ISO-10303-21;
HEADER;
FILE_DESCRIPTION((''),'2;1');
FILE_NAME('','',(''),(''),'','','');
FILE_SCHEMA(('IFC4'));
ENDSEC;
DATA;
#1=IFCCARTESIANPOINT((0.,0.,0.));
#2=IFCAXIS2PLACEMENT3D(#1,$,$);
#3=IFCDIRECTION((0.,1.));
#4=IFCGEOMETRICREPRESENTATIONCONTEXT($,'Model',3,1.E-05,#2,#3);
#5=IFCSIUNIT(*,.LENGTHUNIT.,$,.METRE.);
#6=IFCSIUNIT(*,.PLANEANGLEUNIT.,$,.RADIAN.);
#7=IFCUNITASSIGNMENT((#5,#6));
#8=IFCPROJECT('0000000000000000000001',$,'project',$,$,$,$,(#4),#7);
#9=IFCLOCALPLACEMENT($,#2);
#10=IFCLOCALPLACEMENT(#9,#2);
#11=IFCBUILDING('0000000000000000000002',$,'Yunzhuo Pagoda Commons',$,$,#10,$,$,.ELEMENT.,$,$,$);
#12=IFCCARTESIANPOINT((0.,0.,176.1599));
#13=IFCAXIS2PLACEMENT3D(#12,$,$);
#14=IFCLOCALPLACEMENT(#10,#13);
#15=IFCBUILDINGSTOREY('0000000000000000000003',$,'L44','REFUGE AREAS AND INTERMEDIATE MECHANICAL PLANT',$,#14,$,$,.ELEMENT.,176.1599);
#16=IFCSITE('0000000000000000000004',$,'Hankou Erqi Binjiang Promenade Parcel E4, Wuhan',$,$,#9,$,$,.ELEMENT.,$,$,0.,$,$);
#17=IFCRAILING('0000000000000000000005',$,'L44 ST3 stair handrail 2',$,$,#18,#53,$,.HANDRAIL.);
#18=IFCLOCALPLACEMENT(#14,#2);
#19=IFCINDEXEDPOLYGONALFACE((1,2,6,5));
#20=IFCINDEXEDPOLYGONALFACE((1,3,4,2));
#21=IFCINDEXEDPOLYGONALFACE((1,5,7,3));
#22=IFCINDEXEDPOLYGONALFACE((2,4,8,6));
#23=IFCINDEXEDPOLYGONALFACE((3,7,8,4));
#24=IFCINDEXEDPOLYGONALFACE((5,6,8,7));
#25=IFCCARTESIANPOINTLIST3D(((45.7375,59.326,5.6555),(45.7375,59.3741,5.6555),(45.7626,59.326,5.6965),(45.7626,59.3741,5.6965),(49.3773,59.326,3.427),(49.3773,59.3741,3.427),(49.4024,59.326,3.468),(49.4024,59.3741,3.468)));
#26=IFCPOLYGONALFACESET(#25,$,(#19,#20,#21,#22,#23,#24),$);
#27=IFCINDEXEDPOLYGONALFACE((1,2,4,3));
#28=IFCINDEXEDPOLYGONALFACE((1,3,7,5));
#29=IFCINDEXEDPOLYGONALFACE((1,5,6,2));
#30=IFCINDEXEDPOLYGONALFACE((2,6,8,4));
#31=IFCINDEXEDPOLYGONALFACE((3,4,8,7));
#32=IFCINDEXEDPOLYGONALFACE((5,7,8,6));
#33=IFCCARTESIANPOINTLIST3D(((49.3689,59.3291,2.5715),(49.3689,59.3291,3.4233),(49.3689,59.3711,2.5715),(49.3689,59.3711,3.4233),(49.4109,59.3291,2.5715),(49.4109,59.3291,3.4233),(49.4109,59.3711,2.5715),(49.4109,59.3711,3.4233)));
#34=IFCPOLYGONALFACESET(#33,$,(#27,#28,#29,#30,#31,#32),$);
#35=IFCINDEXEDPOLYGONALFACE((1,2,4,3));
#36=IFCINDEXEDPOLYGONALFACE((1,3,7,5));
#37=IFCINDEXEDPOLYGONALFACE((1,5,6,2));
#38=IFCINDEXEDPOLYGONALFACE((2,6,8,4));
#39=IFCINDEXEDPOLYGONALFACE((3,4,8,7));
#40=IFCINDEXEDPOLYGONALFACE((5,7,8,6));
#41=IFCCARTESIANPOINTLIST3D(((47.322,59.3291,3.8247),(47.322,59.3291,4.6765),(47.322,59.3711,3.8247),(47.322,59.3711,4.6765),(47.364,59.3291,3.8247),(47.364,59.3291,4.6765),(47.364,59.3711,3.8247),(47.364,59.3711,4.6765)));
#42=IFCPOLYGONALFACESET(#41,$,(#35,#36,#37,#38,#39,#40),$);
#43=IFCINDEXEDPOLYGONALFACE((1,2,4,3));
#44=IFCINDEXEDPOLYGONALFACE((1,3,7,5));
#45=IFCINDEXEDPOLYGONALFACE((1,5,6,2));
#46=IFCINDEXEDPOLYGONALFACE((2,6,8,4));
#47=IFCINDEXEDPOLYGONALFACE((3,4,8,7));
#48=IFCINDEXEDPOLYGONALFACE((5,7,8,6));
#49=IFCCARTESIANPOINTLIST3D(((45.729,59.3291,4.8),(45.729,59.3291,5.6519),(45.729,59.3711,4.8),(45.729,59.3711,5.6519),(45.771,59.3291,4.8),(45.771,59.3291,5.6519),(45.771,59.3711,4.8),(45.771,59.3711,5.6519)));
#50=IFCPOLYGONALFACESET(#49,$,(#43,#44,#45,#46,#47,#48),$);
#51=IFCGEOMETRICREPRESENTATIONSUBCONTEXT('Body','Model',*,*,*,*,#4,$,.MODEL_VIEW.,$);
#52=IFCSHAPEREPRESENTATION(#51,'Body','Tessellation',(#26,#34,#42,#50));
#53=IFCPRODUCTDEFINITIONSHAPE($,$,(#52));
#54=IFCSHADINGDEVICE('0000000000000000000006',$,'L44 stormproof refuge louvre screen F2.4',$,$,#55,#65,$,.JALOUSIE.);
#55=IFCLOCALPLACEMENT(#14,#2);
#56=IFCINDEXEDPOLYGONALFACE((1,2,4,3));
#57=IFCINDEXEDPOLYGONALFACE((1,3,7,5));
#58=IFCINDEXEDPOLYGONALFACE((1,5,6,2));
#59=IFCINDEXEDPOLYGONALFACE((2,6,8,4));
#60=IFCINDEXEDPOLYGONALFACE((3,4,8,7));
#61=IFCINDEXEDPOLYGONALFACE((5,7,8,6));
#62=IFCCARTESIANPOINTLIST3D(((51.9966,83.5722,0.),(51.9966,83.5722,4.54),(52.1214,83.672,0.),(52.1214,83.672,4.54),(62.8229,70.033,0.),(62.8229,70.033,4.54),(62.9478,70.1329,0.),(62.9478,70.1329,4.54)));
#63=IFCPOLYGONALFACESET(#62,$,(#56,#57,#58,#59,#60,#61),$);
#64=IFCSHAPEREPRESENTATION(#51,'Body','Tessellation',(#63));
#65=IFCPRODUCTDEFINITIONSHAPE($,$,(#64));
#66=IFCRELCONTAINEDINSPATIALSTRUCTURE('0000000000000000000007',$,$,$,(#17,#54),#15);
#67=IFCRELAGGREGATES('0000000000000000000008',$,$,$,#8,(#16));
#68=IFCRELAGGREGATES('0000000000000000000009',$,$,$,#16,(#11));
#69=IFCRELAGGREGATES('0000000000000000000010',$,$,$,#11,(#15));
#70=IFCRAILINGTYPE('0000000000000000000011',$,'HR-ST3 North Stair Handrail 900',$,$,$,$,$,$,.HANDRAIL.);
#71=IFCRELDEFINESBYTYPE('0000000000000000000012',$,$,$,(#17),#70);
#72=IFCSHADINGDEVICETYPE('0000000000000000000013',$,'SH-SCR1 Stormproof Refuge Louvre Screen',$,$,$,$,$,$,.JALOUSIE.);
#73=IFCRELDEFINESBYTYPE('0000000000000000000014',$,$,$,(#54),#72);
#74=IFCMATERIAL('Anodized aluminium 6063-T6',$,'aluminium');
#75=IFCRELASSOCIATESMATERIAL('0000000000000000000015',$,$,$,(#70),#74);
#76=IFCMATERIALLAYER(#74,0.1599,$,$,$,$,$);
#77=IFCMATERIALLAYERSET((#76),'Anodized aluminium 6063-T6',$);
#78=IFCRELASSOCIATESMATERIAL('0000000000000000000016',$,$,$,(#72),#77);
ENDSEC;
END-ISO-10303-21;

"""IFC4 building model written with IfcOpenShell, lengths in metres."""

from ifc_helpers import new_model, si_unit, direction, frame, origin, origin_2d, place, context, subcontext, project, spatial, rectangle, extrude, source, transform, mapped, material, layer, layer_set, type_object, element, save


model = new_model("IFC4")

# Units and contexts
model_context = context("Model", 3, precision=1e-05, world=origin(), true_north=direction((0.0, 1.0)))
body_context = subcontext(model_context, "Body", "Model", "MODEL_VIEW")
ifc_project = project(units=[si_unit("LENGTHUNIT", "METRE"), si_unit("PLANEANGLEUNIT", "RADIAN")], contexts=[model_context])

# Site, building, storey
site_placement = place(None, origin())
site = spatial("IfcSite", under=ifc_project, at=site_placement, Name="Hankou Erqi Binjiang Promenade Parcel E4, Wuhan", CompositionType="ELEMENT", RefElevation=0.0)
building_placement = place(site_placement, origin())
building = spatial("IfcBuilding", under=site, at=building_placement, Name="Yunzhuo Pagoda Commons", CompositionType="ELEMENT")
storey_placement = place(building_placement, frame((0.0, 0.0, 176.1599)))
storey = spatial("IfcBuildingStorey", under=building, at=storey_placement, Name="L44", Description="REFUGE AREAS AND INTERMEDIATE MECHANICAL PLANT", CompositionType="ELEMENT", Elevation=176.1599)

# Railing
ifc_material_1 = material(Name="Anodized aluminium 6063-T6", Category="aluminium")
railing_type_1 = type_object("IfcRailingType", Name="HR-ST3 North Stair Handrail 900", PredefinedType="HANDRAIL", material=ifc_material_1)
railing_1_placement = place(storey_placement, frame((49.3899, 59.3501, 2.5715)))
element("IfcRailing", 1, at=railing_1_placement, inside=storey, type_object=railing_type_1, Name="L44 ST3 stair handrail 2", PredefinedType="HANDRAIL", context=body_context, shape_type="SweptSolid", body=[
    extrude(rectangle(XDim=0.0481, YDim=0.0481, at=origin_2d()), frame((0.0, 0.0, 0.876), z_axis=(-0.85285, 0.0, 0.522156), x_axis=(0.0, -1.0, 0.0)), (0.0, 0.0, 1.0), 4.2678),
    extrude(rectangle(XDim=0.042, YDim=0.042, at=origin_2d()), origin(), (0.0, 0.0, 1.0), 0.8518),
    extrude(rectangle(XDim=0.042, YDim=0.042, at=origin_2d()), frame((-2.0469, 0.0, 1.2532)), (0.0, 0.0, 1.0), 0.8518),
    extrude(rectangle(XDim=0.042, YDim=0.042, at=origin_2d()), frame((-3.6399, 0.0, 2.2285)), (0.0, 0.0, 1.0), 0.8518),
])

# Shading device
ifc_layer_1 = layer(ifc_material_1, 0.1599)
ifc_layer_set_1 = layer_set([ifc_layer_1], Name="Anodized aluminium 6063-T6")
shading_device_type = type_object("IfcShadingDeviceType", Name="SH-SCR1 Stormproof Refuge Louvre Screen", PredefinedType="JALOUSIE", material=ifc_layer_set_1)
shared_shape_1 = source(origin(), body_context, "Body", "SweptSolid", [
    extrude(rectangle(XDim=17.3354, YDim=0.1599, at=origin_2d()), origin(), (0.0, 0.0, 1.0), 4.54),
])
shading_device_placement = place(storey_placement, frame((57.4722, 76.8525, 0.0), z_axis=(0.0, 0.0, 1.0), x_axis=(-0.62452, 0.781008, 0.0)))
element("IfcShadingDevice", 2, at=shading_device_placement, inside=storey, type_object=shading_device_type, Name="L44 stormproof refuge louvre screen F2.4", PredefinedType="JALOUSIE", context=body_context, shape_type="MappedRepresentation", body=[
    mapped(shared_shape_1, transform((0.0, 0.0, 0.0), scale=1.0)),
])

save(model, "model.ifc")
